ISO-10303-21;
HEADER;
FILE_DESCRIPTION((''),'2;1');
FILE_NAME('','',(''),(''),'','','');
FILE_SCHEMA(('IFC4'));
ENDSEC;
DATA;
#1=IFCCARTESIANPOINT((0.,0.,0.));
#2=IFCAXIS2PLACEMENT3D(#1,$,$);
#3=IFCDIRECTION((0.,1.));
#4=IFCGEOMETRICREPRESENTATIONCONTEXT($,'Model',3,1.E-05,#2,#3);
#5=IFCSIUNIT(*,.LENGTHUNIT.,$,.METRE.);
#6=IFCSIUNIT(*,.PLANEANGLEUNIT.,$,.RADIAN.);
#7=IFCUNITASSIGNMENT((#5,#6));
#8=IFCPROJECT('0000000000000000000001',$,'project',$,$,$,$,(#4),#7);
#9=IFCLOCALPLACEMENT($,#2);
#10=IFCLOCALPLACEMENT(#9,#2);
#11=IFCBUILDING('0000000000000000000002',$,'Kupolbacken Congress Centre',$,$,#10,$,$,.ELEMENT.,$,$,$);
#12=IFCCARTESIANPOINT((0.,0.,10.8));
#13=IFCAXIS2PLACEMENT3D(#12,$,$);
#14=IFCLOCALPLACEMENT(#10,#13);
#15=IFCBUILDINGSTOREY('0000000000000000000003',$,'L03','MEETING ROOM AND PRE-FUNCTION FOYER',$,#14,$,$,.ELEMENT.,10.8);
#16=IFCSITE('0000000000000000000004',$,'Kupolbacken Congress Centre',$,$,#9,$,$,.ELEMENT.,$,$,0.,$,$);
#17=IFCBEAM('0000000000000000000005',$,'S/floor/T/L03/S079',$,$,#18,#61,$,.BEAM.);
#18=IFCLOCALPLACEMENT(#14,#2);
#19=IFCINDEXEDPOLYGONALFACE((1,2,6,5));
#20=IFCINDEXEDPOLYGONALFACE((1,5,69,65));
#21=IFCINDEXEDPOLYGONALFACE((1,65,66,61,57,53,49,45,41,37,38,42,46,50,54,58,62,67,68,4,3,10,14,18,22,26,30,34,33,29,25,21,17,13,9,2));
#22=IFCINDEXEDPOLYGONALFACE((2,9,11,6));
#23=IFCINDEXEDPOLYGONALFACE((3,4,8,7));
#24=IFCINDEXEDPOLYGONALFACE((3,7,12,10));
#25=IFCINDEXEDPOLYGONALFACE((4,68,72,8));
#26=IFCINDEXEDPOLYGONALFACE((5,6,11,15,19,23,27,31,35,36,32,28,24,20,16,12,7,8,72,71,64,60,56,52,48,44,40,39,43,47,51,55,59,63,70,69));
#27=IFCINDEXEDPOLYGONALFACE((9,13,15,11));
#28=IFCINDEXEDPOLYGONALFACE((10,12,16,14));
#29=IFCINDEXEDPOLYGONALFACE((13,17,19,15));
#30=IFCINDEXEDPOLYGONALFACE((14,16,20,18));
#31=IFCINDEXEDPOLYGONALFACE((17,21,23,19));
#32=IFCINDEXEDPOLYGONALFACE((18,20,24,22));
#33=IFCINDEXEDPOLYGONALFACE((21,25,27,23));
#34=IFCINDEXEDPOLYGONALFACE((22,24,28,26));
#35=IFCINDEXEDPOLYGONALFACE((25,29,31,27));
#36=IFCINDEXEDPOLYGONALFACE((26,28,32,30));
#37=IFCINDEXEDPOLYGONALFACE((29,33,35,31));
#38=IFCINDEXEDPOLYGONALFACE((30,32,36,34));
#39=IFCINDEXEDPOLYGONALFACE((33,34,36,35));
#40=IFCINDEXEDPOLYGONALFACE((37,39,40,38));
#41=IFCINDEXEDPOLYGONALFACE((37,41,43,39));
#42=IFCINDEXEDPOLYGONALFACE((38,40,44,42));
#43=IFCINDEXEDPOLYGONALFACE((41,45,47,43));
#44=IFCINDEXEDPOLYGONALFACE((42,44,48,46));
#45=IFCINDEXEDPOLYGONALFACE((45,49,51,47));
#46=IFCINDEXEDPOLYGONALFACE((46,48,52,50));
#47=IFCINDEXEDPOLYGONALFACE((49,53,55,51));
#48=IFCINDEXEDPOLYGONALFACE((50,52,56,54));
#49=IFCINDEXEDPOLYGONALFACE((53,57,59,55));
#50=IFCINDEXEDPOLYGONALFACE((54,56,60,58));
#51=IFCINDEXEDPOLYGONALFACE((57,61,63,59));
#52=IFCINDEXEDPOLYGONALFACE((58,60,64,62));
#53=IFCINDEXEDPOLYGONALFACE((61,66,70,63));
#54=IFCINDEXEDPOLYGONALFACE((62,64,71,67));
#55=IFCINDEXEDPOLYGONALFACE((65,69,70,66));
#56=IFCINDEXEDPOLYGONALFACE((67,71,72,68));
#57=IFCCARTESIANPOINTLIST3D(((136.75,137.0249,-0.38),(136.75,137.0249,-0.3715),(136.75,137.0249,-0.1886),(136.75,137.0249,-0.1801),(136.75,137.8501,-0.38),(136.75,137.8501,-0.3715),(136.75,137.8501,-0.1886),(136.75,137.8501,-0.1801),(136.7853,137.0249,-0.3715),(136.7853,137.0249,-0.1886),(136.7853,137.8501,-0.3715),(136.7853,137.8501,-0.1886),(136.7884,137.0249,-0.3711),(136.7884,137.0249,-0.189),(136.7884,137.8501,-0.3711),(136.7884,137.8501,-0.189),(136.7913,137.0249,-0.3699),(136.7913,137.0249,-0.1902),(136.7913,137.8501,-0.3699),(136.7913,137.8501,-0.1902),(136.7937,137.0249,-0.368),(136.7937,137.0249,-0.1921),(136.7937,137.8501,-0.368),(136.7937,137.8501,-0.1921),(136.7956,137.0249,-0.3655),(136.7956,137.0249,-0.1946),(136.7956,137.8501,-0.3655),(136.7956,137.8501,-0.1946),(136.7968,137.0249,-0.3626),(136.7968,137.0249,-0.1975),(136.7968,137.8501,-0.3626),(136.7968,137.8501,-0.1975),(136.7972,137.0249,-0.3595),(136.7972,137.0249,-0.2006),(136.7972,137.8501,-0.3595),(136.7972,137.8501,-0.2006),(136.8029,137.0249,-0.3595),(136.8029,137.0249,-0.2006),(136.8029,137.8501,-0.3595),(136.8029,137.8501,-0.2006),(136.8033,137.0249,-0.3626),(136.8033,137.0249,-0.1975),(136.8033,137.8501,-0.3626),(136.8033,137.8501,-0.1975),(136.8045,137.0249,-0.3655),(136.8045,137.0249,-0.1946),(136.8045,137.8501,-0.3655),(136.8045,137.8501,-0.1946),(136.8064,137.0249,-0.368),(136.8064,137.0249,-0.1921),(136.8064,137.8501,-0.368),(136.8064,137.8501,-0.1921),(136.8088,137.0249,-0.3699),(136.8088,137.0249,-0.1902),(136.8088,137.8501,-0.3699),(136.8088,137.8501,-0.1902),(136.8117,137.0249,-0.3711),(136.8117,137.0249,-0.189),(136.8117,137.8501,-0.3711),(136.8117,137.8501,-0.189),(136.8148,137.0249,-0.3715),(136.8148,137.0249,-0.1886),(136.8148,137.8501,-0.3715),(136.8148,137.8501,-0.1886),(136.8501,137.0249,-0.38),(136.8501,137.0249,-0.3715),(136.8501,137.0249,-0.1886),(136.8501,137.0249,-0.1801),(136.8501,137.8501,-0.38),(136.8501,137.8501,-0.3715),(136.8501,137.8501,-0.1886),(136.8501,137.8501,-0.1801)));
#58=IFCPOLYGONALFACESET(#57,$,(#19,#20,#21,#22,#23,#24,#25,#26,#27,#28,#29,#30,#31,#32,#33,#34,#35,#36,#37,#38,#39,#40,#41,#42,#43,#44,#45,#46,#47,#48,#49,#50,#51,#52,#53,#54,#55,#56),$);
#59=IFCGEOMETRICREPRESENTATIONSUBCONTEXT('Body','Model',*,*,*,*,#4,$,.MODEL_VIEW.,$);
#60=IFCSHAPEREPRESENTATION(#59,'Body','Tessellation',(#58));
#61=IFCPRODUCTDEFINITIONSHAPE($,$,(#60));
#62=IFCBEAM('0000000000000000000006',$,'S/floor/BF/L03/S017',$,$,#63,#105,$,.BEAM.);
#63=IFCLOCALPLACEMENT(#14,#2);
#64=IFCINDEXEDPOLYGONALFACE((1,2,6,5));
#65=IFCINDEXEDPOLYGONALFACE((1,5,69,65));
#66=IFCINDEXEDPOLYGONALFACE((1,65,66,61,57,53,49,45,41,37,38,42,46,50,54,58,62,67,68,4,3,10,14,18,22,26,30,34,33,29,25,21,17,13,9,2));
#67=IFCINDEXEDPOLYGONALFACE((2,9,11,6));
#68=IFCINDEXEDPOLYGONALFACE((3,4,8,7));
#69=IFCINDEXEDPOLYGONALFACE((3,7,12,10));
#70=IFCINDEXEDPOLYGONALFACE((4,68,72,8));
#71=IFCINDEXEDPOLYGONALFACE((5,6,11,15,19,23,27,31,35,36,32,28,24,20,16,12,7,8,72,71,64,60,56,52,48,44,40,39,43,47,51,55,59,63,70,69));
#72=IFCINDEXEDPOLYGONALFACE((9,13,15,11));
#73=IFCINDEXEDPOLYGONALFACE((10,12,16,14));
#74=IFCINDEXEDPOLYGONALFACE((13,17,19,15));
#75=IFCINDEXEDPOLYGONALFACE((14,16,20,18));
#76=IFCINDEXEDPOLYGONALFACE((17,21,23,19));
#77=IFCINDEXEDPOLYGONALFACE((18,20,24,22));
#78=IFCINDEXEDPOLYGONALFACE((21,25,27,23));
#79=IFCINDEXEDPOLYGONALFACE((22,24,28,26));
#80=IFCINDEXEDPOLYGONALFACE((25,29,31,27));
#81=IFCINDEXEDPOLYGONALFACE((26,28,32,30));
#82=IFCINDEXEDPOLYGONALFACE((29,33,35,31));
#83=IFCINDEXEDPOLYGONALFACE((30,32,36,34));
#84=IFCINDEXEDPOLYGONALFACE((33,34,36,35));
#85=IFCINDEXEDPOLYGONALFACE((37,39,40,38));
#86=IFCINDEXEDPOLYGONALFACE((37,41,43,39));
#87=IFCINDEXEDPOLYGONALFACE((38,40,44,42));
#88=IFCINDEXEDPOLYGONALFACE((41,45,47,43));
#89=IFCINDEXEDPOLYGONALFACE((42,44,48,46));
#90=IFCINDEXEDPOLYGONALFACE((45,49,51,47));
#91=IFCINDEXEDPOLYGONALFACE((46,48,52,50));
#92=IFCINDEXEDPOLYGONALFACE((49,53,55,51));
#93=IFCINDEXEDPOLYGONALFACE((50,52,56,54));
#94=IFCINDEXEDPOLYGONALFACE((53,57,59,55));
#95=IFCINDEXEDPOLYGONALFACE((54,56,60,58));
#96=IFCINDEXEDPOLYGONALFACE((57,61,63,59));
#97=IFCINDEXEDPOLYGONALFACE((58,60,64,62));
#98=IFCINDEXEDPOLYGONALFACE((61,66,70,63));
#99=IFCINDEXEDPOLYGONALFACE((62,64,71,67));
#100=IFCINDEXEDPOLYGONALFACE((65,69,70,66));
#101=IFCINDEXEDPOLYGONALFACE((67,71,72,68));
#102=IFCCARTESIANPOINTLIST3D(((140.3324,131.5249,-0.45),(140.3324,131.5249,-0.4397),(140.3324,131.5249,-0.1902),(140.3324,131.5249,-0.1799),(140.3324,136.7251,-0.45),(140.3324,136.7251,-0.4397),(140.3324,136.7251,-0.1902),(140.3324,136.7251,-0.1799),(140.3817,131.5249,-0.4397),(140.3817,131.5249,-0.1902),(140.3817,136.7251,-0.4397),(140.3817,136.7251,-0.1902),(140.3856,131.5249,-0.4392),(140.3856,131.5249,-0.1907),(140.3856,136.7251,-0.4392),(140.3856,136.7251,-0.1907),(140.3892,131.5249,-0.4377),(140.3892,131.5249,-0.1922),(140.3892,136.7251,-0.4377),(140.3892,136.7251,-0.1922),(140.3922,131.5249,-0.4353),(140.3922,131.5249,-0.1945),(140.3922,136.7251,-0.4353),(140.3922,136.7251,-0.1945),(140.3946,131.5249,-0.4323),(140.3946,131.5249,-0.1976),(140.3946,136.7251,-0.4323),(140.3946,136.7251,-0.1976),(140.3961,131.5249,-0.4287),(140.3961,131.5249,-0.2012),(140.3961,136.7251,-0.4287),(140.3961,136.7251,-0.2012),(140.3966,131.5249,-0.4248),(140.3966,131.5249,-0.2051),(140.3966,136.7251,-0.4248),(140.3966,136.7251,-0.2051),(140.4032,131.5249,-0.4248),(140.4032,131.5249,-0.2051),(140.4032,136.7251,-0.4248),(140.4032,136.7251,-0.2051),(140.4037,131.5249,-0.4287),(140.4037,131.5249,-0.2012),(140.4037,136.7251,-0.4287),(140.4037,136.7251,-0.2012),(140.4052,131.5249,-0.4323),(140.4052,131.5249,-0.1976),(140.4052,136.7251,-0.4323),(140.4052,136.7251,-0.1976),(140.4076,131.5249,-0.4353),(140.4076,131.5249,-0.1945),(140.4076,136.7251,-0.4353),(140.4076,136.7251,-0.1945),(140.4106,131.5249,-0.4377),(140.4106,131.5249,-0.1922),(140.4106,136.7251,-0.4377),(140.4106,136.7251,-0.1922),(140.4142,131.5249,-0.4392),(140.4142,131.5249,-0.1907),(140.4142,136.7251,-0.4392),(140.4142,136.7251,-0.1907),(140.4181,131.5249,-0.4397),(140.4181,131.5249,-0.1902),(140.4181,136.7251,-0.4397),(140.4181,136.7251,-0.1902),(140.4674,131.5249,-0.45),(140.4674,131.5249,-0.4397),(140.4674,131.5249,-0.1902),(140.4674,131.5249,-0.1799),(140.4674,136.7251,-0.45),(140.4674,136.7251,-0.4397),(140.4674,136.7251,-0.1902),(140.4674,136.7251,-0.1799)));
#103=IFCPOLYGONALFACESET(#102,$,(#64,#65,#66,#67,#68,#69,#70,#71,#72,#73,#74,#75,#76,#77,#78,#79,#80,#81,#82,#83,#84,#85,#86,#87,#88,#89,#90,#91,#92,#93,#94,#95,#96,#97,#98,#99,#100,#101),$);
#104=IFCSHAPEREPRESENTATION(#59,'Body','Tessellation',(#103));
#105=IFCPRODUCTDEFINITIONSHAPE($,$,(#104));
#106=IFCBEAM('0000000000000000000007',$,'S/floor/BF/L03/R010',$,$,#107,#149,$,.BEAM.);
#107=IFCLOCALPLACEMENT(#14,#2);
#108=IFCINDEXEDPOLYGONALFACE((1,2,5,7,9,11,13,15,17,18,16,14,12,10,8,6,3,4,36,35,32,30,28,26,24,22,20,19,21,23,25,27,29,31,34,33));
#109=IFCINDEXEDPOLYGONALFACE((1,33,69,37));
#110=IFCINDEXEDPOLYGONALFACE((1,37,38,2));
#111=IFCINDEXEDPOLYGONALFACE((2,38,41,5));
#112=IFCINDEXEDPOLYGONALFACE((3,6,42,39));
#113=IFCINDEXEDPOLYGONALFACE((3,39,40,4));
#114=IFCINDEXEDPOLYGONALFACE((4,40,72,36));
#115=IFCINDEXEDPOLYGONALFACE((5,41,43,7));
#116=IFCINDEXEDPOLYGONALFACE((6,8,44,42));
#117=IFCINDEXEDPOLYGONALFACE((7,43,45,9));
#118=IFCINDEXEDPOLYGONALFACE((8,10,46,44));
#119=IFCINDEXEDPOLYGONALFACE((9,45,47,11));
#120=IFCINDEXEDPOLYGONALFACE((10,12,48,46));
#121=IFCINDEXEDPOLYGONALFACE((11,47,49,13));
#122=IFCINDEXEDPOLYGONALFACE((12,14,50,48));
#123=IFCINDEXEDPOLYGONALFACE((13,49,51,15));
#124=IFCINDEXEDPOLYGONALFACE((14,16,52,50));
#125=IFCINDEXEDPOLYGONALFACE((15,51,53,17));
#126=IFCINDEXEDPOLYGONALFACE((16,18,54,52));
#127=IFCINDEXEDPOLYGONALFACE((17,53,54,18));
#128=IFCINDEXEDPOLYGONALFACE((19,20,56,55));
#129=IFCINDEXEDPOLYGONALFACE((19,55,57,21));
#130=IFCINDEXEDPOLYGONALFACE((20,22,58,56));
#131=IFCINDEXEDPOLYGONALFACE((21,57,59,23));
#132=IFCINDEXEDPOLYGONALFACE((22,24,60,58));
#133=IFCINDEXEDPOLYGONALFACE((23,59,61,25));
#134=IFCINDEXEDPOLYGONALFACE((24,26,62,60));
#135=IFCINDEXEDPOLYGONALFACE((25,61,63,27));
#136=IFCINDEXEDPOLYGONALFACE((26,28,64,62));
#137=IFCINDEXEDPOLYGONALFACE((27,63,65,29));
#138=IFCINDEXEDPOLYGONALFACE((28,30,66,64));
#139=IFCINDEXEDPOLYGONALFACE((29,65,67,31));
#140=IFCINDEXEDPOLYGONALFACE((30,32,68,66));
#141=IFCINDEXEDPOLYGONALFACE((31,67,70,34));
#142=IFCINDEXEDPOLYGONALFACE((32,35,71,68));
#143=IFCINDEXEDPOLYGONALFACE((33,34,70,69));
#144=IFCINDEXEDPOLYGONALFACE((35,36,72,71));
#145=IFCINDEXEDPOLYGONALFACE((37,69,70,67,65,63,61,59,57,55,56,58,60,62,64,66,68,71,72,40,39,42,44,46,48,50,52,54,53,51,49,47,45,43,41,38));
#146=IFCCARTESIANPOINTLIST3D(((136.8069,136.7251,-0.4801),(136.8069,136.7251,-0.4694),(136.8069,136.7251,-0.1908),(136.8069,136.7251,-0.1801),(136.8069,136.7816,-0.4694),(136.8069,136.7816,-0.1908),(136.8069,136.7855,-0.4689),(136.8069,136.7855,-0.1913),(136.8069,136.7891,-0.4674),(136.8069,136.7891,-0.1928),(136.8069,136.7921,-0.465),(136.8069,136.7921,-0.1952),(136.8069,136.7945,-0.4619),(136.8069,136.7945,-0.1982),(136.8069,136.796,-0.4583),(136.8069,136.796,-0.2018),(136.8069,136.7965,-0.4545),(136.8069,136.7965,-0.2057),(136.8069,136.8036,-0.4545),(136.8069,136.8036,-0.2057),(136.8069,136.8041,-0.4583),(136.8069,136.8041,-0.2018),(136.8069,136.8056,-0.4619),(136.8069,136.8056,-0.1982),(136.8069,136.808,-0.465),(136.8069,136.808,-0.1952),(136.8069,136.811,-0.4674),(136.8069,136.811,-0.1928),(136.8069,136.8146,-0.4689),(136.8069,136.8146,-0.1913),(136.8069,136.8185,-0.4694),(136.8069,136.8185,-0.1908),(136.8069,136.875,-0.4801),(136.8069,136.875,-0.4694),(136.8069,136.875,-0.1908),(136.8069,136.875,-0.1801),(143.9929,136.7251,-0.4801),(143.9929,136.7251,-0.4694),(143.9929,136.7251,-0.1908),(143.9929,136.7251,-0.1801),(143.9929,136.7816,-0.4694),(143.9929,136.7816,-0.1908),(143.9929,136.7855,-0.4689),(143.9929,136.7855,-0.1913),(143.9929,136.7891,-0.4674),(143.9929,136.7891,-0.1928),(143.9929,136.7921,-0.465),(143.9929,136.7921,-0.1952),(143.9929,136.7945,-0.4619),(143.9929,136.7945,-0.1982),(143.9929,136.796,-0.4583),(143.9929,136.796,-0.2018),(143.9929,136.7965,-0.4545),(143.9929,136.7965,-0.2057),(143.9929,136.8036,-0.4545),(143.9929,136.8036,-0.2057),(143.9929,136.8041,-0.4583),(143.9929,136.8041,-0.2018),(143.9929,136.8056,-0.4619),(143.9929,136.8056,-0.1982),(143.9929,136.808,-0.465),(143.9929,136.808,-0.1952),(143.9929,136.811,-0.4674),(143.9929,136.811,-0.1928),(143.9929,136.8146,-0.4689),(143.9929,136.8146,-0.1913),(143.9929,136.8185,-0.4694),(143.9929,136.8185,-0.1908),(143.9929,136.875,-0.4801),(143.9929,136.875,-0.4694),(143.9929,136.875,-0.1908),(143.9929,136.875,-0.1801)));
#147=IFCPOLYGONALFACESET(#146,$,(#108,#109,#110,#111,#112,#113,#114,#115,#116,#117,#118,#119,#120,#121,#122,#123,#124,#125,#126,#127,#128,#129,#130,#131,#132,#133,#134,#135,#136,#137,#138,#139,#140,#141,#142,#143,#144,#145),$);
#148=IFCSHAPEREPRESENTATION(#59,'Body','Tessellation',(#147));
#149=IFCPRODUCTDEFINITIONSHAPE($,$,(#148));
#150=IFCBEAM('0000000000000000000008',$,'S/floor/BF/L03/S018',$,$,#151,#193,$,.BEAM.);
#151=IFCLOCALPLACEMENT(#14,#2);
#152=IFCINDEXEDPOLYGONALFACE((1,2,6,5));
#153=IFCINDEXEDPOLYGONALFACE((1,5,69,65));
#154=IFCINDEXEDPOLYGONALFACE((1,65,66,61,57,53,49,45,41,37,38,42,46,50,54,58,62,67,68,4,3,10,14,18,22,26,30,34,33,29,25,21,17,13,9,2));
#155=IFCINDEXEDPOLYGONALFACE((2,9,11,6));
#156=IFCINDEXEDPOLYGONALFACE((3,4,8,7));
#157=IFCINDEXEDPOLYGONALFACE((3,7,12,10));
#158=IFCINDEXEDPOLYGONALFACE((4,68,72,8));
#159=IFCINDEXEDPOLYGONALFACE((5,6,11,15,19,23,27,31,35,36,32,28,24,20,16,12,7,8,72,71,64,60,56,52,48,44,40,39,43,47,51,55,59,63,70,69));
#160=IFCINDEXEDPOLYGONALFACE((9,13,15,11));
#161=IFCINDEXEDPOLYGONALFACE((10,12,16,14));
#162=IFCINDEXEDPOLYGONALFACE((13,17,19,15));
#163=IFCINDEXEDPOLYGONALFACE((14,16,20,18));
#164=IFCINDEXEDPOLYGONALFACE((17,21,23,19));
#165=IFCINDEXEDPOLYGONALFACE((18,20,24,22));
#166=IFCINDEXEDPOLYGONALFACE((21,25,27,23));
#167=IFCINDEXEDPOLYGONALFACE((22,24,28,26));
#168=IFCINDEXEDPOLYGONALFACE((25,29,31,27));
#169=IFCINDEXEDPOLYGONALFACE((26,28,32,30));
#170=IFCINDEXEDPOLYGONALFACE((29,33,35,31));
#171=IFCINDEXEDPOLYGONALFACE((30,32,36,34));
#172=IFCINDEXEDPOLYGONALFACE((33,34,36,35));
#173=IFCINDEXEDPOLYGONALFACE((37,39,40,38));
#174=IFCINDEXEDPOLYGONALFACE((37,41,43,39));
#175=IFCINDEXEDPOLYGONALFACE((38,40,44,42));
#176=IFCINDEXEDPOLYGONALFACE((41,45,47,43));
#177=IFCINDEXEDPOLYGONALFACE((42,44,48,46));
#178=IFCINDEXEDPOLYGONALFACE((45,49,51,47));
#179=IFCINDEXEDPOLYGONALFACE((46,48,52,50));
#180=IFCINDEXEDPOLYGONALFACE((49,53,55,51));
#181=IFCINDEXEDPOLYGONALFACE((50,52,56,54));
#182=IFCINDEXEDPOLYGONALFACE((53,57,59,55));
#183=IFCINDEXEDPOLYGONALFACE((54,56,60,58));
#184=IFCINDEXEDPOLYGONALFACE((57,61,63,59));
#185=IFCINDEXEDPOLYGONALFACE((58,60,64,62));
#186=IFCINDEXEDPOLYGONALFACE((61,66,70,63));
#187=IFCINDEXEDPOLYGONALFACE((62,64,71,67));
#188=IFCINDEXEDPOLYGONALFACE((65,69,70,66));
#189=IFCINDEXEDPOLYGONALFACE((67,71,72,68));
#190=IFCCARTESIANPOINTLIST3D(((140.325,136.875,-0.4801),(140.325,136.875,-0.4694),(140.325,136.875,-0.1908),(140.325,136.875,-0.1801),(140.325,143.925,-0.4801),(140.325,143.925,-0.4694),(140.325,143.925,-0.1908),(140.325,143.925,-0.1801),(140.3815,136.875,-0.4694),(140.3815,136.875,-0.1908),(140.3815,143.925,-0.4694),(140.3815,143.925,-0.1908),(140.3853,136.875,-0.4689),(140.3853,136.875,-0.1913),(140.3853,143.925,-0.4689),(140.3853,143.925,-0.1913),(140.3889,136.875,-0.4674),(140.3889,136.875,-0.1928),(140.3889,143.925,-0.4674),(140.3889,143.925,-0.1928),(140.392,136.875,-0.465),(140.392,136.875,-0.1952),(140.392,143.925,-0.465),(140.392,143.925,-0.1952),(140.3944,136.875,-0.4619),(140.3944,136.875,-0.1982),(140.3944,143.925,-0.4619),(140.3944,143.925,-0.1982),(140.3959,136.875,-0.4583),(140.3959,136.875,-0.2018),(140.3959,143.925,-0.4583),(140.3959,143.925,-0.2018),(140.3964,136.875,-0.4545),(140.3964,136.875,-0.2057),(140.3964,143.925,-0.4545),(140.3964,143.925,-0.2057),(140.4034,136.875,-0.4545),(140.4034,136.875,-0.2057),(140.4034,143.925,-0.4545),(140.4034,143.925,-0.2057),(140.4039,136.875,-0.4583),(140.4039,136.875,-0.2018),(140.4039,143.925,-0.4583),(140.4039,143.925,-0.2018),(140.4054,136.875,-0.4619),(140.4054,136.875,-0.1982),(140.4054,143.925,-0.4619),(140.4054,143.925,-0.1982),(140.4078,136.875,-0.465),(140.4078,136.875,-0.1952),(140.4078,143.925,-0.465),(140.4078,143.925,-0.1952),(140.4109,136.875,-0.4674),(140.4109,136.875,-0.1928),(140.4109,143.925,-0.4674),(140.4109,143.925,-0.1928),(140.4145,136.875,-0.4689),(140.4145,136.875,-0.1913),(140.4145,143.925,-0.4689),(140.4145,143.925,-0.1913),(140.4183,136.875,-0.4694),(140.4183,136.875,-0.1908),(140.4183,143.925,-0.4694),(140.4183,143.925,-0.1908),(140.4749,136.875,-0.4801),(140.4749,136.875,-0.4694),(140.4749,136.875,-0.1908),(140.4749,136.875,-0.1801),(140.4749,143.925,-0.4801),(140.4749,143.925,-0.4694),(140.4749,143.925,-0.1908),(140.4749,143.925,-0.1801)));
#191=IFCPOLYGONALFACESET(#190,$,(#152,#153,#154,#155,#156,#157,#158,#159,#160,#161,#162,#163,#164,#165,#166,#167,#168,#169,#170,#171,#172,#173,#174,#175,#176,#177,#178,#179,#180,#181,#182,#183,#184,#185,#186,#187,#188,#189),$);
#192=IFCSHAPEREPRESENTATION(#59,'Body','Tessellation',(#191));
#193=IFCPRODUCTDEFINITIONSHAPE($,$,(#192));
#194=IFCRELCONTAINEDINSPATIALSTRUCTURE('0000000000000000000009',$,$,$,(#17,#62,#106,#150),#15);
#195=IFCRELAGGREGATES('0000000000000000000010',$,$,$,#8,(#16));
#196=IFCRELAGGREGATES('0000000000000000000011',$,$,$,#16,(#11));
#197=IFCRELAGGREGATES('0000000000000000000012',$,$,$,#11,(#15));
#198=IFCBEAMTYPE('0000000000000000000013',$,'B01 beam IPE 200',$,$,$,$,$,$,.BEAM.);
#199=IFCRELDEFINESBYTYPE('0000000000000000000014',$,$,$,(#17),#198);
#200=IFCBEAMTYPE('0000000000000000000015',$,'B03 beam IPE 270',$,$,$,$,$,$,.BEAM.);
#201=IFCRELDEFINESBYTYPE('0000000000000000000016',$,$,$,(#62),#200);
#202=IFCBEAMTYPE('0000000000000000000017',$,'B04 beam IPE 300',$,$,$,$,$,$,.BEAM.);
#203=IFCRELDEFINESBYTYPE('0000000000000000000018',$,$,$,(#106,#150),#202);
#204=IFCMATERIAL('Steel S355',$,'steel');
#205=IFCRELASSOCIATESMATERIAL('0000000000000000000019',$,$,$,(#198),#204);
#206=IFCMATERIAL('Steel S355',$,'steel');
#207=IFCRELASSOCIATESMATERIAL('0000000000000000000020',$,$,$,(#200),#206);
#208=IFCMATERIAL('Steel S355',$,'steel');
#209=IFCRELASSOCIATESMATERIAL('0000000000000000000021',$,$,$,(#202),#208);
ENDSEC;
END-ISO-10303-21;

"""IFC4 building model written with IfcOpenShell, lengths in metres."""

from ifc_helpers import new_model, si_unit, direction, frame, origin, origin_2d, place, context, subcontext, project, spatial, i_section, extrude, material, material_profile, profile_set, type_object, element, save


model = new_model("IFC4")

# Units and contexts
model_context = context("Model", 3, precision=1e-05, world=origin(), true_north=direction((0.0, 1.0)))
body_context = subcontext(model_context, "Body", "Model", "MODEL_VIEW")
ifc_project = project(units=[si_unit("LENGTHUNIT", "METRE"), si_unit("PLANEANGLEUNIT", "RADIAN")], contexts=[model_context])

# Site, building, storey
site_placement = place(None, origin())
site = spatial("IfcSite", under=ifc_project, at=site_placement, Name="Kupolbacken Congress Centre", CompositionType="ELEMENT", RefElevation=0.0)
building_placement = place(site_placement, origin())
building = spatial("IfcBuilding", under=site, at=building_placement, Name="Kupolbacken Congress Centre", CompositionType="ELEMENT")
storey_placement = place(building_placement, frame((0.0, 0.0, 10.8)))
storey = spatial("IfcBuildingStorey", under=building, at=storey_placement, Name="L03", Description="MEETING ROOM AND PRE-FUNCTION FOYER", CompositionType="ELEMENT", Elevation=10.8)

# Beams
ifc_material_1 = material(Name="Steel S355", Category="steel")
ifc_material_profile_1 = material_profile(ifc_material_1, i_section(OverallWidth=0.1001, OverallDepth=0.2, WebThickness=0.0056, FlangeThickness=0.0085, FilletRadius=0.012, at=origin_2d()), Name="IPE 200")
ifc_profile_set_1 = profile_set([ifc_material_profile_1], Name="Steel S355")
beam_type_1 = type_object("IfcBeamType", Name="B01 beam IPE 200", PredefinedType="BEAM", material=ifc_profile_set_1)
beam_1_placement = place(storey_placement, frame((136.8, 137.0249, -0.28), z_axis=(0.0, 1.0, 0.0), x_axis=(-1.0, 0.0, 0.0)))
element("IfcBeam", 1, at=beam_1_placement, inside=storey, type_object=beam_type_1, Name="S/floor/T/L03/S079", PredefinedType="BEAM", context=body_context, shape_type="SweptSolid", body=[
    extrude(i_section(OverallWidth=0.1001, OverallDepth=0.2, WebThickness=0.0056, FlangeThickness=0.0085, FilletRadius=0.012, at=origin_2d()), origin(), (0.0, 0.0, 1.0), 0.8252),
])
ifc_material_2 = material(Name="Steel S355", Category="steel")
ifc_material_profile_2 = material_profile(ifc_material_2, i_section(OverallWidth=0.135, OverallDepth=0.27, WebThickness=0.0066, FlangeThickness=0.0103, FilletRadius=0.0149, at=origin_2d()), Name="IPE 270")
ifc_profile_set_2 = profile_set([ifc_material_profile_2], Name="Steel S355")
beam_type_2 = type_object("IfcBeamType", Name="B03 beam IPE 270", PredefinedType="BEAM", material=ifc_profile_set_2)
beam_2_placement = place(storey_placement, frame((140.3999, 131.5249, -0.3149), z_axis=(0.0, 1.0, 0.0), x_axis=(-1.0, 0.0, 0.0)))
element("IfcBeam", 2, at=beam_2_placement, inside=storey, type_object=beam_type_2, Name="S/floor/BF/L03/S017", PredefinedType="BEAM", context=body_context, shape_type="SweptSolid", body=[
    extrude(i_section(OverallWidth=0.135, OverallDepth=0.27, WebThickness=0.0066, FlangeThickness=0.0103, FilletRadius=0.0149, at=origin_2d()), origin(), (0.0, 0.0, 1.0), 5.2002),
])
ifc_material_3 = material(Name="Steel S355", Category="steel")
ifc_material_profile_3 = material_profile(ifc_material_3, i_section(OverallWidth=0.1499, OverallDepth=0.3, WebThickness=0.0071, FlangeThickness=0.0107, FilletRadius=0.0149, at=origin_2d()), Name="IPE 300")
ifc_profile_set_3 = profile_set([ifc_material_profile_3], Name="Steel S355")
beam_type_3 = type_object("IfcBeamType", Name="B04 beam IPE 300", PredefinedType="BEAM", material=ifc_profile_set_3)
beam_3_placement = place(storey_placement, frame((136.8069, 136.8, -0.3301), z_axis=(1.0, 0.0, 0.0), x_axis=(0.0, 1.0, 0.0)))
element("IfcBeam", 3, at=beam_3_placement, inside=storey, type_object=beam_type_3, Name="S/floor/BF/L03/R010", PredefinedType="BEAM", context=body_context, shape_type="SweptSolid", body=[
    extrude(i_section(OverallWidth=0.1499, OverallDepth=0.3, WebThickness=0.0071, FlangeThickness=0.0107, FilletRadius=0.0149, at=origin_2d()), origin(), (0.0, 0.0, 1.0), 7.186),
])
beam_4_placement = place(storey_placement, frame((140.3999, 136.875, -0.3301), z_axis=(0.0, 1.0, 0.0), x_axis=(-1.0, 0.0, 0.0)))
element("IfcBeam", 4, at=beam_4_placement, inside=storey, type_object=beam_type_3, Name="S/floor/BF/L03/S018", PredefinedType="BEAM", context=body_context, shape_type="SweptSolid", body=[
    extrude(i_section(OverallWidth=0.1499, OverallDepth=0.3, WebThickness=0.0071, FlangeThickness=0.0107, FilletRadius=0.0149, at=origin_2d()), origin(), (0.0, 0.0, 1.0), 7.05),
])

save(model, "model.ifc")
